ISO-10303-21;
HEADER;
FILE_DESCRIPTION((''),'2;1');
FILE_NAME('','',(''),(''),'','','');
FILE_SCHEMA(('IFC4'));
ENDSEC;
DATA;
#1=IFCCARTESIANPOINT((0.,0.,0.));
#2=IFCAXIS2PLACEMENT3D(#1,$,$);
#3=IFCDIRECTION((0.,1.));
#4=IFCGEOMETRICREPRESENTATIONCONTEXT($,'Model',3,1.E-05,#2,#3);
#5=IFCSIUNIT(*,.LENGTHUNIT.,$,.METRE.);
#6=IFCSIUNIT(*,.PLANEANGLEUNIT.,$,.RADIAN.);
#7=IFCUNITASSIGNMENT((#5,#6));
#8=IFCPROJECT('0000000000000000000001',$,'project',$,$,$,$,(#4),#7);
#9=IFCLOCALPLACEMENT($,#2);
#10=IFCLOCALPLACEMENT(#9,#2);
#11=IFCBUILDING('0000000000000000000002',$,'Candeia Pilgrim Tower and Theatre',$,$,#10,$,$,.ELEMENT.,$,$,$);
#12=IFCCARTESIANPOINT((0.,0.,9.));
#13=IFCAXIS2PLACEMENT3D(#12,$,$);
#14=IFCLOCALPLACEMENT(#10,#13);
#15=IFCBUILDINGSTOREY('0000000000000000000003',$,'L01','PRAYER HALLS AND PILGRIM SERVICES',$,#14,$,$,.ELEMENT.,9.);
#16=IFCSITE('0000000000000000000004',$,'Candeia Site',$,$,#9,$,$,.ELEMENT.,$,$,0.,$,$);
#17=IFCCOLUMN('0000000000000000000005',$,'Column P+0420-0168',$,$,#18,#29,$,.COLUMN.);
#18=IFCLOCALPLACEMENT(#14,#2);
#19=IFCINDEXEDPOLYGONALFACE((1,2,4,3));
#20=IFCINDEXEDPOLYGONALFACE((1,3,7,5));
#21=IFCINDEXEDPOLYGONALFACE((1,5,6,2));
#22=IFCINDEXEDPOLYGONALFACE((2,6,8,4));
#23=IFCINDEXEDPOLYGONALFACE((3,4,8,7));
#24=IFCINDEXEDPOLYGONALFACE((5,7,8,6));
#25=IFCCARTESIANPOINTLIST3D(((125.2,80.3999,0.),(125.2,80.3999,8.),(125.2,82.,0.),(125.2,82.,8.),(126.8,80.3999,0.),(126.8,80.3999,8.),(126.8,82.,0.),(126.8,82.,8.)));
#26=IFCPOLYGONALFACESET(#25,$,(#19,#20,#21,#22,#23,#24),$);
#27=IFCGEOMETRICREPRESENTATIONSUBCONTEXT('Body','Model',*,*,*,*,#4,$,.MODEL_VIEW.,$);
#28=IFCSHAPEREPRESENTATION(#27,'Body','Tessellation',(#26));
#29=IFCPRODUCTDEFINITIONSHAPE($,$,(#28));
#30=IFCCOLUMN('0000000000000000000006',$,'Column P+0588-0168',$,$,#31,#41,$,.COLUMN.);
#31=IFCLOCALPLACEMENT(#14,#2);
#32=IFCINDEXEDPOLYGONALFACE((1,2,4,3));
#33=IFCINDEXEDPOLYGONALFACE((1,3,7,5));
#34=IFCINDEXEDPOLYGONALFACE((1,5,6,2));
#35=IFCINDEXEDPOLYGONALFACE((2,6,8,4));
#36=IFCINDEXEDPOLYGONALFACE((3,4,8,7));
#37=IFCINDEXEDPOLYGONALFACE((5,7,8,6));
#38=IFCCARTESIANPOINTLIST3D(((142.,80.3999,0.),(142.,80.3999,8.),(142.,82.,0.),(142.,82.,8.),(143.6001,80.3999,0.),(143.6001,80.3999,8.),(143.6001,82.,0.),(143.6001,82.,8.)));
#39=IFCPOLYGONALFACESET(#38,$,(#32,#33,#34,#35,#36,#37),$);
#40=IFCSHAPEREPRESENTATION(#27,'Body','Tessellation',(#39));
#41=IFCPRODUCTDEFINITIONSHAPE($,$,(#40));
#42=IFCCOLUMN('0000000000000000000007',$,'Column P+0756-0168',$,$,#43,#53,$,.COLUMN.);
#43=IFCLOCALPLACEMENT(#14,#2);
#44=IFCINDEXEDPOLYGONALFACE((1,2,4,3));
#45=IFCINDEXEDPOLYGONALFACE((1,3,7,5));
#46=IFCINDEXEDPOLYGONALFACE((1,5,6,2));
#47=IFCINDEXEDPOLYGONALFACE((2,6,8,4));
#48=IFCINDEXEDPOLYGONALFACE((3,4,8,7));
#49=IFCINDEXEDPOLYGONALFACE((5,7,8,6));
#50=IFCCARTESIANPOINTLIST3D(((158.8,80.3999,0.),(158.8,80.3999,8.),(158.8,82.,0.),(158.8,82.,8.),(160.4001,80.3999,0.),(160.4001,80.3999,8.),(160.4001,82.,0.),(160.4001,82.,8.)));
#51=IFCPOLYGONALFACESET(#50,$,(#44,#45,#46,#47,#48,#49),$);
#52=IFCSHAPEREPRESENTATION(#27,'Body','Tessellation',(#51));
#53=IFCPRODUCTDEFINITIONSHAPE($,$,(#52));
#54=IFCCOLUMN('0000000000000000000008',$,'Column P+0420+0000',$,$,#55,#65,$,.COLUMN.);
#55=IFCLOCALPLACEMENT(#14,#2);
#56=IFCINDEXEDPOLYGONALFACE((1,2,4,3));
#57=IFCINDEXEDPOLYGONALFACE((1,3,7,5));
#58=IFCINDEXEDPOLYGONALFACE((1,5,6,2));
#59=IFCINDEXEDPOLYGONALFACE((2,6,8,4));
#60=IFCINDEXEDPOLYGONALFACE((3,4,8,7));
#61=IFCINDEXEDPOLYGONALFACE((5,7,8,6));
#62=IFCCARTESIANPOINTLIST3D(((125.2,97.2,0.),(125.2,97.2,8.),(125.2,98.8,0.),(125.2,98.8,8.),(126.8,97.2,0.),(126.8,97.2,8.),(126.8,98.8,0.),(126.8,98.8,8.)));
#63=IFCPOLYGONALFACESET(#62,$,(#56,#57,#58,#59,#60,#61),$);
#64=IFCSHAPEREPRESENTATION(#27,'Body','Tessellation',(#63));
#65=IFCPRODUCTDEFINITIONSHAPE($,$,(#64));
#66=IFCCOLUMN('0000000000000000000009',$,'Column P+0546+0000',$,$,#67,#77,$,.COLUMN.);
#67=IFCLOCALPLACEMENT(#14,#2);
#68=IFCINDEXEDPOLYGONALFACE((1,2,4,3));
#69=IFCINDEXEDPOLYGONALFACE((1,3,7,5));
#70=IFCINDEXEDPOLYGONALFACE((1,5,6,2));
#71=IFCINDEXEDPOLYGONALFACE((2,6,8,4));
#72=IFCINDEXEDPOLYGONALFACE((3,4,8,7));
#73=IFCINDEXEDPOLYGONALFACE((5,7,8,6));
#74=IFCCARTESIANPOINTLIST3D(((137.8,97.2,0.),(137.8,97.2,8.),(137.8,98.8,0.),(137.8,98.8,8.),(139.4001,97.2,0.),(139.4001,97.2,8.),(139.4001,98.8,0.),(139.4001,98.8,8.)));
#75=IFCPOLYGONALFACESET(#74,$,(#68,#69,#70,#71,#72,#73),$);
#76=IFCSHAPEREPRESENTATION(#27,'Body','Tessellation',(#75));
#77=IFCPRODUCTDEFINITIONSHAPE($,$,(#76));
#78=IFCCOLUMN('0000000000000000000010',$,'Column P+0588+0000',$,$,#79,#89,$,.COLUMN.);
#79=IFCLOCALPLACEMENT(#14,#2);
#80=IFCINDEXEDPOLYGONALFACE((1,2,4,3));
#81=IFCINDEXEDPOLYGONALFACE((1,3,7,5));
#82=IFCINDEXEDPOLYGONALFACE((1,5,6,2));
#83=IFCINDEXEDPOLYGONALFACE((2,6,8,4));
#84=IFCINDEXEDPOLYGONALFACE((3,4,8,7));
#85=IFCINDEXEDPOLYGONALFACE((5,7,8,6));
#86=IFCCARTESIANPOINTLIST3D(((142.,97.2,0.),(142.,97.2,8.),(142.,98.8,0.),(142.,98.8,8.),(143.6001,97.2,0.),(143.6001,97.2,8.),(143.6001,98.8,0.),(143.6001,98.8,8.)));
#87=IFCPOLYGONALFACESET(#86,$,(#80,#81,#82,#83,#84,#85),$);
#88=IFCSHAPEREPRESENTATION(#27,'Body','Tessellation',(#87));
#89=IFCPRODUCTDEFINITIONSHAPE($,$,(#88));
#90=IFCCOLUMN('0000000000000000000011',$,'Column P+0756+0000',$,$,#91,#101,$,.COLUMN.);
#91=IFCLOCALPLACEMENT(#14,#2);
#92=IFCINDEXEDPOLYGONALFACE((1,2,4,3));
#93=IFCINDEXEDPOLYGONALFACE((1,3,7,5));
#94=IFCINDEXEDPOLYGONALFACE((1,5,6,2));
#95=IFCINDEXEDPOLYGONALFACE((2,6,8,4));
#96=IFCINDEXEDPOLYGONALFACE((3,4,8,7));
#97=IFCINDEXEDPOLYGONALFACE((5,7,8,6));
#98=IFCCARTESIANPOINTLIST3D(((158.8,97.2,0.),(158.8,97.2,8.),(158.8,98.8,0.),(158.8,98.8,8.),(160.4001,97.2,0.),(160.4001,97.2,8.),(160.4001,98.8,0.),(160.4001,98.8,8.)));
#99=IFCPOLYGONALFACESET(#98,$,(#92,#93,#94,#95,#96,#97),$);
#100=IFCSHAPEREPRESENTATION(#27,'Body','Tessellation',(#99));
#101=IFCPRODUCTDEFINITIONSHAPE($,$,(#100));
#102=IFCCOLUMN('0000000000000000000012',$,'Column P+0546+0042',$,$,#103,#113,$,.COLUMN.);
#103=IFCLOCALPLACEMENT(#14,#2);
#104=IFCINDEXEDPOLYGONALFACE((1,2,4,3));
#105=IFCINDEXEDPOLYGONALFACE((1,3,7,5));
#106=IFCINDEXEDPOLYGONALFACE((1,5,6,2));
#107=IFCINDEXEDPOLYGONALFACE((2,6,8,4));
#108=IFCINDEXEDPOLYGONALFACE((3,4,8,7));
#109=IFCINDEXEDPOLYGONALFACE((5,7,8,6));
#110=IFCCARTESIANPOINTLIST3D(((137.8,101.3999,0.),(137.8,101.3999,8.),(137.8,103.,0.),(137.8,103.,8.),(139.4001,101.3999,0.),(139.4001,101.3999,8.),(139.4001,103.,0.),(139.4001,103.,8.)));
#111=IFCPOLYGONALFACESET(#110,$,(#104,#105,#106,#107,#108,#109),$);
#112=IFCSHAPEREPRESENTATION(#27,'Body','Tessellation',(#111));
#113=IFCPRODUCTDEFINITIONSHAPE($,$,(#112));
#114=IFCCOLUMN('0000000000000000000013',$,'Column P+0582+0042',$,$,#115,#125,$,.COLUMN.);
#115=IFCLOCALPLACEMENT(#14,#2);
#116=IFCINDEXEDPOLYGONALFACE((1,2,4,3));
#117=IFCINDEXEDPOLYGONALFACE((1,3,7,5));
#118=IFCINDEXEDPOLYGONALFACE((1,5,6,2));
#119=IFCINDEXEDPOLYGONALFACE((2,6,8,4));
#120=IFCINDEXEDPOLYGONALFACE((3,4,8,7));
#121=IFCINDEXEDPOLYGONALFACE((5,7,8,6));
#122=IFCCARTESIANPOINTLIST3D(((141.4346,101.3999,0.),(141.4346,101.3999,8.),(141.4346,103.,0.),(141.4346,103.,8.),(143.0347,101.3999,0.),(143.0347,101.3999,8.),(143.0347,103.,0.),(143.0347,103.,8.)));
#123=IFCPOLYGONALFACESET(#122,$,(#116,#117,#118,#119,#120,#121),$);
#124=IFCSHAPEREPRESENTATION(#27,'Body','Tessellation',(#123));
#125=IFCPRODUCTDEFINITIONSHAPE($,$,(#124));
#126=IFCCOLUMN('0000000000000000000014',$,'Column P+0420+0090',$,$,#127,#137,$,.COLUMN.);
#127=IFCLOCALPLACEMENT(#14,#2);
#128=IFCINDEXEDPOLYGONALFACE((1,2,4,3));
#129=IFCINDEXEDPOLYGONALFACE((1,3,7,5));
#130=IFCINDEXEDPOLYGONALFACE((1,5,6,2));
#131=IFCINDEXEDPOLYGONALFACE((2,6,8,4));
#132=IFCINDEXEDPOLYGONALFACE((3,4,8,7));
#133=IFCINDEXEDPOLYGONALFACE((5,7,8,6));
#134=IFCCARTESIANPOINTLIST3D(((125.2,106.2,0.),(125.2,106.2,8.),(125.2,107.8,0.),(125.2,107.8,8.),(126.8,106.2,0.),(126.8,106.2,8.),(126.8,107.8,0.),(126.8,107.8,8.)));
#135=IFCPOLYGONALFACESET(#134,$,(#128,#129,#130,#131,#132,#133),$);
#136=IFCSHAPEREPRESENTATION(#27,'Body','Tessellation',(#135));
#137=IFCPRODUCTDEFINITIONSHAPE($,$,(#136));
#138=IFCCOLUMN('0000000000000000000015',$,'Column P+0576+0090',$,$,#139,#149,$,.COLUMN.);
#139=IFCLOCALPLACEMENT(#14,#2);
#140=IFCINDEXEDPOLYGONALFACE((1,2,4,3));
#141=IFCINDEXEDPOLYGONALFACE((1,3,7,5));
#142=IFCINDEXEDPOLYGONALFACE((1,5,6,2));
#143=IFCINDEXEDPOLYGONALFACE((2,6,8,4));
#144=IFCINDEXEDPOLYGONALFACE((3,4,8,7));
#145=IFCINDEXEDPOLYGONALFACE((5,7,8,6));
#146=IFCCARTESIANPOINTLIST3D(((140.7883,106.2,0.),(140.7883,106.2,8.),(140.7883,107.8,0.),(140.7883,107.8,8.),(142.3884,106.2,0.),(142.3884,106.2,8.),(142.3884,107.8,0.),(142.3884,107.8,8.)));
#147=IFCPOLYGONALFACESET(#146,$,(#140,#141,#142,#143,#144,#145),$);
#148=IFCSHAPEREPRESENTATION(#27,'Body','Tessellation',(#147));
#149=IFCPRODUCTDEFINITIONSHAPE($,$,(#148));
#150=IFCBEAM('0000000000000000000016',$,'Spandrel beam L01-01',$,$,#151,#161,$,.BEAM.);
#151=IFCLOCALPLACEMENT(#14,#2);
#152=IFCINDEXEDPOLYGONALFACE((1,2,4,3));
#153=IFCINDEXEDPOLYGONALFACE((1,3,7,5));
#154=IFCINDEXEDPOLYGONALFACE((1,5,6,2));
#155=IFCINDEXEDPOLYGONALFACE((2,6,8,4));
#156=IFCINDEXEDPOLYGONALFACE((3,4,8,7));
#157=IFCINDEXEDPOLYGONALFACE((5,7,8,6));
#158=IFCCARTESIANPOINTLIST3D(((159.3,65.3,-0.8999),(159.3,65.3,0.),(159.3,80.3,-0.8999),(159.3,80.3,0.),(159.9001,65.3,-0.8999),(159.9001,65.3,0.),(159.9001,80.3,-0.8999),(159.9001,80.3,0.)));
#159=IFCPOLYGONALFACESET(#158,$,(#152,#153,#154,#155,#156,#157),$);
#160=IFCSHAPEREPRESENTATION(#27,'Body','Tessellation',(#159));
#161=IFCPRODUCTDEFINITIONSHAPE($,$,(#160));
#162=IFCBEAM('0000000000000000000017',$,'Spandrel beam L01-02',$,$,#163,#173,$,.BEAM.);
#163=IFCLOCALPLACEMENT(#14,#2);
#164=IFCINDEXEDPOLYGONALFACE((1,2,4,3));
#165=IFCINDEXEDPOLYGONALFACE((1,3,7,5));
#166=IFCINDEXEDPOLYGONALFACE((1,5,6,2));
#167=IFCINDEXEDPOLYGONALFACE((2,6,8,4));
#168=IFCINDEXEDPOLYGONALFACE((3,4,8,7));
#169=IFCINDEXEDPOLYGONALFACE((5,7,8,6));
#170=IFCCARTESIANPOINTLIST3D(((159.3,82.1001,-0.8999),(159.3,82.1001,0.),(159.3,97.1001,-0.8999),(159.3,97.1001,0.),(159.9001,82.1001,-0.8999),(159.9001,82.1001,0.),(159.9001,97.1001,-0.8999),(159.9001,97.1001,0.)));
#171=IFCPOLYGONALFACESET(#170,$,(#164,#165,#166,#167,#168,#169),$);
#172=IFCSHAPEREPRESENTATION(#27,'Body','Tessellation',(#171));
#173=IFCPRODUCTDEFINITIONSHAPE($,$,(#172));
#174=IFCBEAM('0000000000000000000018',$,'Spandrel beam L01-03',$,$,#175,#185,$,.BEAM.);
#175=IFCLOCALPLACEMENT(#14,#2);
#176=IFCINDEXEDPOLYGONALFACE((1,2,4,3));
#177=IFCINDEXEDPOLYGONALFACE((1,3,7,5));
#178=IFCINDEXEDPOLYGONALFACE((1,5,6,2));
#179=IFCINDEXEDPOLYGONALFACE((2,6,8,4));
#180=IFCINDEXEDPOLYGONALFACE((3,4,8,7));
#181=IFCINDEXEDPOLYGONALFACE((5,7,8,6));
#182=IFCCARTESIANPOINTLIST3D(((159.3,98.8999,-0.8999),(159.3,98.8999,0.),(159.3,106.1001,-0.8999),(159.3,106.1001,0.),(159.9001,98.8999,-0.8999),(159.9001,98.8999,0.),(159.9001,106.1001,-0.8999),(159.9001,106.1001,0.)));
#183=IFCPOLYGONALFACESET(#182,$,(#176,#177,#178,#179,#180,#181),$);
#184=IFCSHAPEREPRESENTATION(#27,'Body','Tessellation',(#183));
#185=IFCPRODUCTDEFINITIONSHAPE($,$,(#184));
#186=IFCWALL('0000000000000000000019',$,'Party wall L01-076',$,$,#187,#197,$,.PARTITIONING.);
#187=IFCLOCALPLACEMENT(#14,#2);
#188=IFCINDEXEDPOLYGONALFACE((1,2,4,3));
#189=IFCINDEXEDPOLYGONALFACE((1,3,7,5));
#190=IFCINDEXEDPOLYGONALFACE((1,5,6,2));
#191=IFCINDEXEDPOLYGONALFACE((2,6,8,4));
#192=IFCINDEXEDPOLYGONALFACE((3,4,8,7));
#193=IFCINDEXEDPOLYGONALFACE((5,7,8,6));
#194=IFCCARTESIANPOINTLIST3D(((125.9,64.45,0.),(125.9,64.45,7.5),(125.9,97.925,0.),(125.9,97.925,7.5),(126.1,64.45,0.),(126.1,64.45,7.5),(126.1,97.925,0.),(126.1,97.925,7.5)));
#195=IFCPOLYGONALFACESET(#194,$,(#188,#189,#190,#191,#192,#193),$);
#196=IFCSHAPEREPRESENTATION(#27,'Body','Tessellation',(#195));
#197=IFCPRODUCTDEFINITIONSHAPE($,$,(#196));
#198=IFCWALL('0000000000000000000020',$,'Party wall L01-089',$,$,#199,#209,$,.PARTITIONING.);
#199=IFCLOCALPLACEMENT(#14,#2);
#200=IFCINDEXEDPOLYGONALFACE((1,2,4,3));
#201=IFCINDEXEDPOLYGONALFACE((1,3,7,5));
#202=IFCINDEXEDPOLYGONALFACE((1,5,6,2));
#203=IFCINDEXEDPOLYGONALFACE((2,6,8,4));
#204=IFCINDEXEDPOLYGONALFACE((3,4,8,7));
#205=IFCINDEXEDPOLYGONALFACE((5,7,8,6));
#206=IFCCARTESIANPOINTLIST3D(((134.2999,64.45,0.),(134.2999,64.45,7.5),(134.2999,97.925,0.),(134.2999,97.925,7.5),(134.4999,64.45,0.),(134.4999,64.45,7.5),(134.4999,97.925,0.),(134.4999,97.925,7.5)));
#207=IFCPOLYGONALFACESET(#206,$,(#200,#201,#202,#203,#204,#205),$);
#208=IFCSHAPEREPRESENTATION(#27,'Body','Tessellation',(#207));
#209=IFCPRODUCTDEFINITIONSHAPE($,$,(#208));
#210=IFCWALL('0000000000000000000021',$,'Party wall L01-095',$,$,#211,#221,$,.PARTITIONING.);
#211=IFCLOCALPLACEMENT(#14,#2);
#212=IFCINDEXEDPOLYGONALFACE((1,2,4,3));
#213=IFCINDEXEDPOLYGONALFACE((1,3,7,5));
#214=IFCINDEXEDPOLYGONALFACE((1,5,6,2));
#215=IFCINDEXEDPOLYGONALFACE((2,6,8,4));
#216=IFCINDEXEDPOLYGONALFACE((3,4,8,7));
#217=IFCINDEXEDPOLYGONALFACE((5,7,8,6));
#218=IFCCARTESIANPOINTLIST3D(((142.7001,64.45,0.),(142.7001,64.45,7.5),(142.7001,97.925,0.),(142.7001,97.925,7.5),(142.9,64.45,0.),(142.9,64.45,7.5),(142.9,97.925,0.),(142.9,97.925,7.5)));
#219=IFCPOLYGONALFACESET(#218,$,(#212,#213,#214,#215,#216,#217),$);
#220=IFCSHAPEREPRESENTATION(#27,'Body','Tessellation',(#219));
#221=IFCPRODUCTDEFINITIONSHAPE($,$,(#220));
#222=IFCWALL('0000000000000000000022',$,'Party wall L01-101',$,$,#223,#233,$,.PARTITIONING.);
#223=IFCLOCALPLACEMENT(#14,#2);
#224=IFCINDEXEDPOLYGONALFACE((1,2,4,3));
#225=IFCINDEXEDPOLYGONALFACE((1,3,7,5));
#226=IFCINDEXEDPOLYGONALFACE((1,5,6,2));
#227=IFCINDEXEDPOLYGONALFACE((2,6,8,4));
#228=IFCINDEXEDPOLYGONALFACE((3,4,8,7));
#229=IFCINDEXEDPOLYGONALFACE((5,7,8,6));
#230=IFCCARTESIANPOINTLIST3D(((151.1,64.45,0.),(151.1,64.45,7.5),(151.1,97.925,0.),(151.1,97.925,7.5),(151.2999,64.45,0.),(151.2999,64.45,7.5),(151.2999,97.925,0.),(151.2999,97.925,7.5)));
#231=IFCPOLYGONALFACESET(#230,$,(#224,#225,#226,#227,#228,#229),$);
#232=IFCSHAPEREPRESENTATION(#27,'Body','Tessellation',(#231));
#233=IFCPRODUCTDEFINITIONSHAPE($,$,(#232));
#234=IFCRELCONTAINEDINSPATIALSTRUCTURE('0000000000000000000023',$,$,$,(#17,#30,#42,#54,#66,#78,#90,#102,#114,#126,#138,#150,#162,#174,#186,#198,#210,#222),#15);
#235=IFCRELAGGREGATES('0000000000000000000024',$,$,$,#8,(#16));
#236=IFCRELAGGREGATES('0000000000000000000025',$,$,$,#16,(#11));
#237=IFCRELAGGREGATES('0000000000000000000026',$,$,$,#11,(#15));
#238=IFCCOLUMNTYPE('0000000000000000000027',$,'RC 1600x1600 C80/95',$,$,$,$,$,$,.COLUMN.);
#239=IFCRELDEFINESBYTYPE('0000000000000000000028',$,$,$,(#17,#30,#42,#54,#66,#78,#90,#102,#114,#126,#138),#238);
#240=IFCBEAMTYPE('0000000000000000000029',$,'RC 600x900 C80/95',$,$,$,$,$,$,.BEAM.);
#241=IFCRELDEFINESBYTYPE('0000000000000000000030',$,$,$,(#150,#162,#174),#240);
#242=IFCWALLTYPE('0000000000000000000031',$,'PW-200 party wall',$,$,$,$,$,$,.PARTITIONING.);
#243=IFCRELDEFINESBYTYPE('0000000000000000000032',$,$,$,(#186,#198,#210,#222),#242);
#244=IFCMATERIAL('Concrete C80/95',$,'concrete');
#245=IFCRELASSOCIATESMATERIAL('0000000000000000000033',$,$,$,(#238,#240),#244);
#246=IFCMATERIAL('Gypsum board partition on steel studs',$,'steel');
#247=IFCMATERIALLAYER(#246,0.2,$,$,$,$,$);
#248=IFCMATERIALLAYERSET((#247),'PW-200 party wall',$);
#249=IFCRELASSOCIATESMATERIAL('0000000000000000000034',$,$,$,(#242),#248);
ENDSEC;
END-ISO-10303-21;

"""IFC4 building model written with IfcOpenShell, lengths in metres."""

from ifc_helpers import new_model, si_unit, direction, frame, frame_2d, origin, origin_2d, place, context, subcontext, project, spatial, rectangle, extrude, material, layer, layer_set, material_profile, profile_set, type_object, element, save


model = new_model("IFC4")

# Units and contexts
model_context = context("Model", 3, precision=1e-05, world=origin(), true_north=direction((0.0, 1.0)))
body_context = subcontext(model_context, "Body", "Model", "MODEL_VIEW")
ifc_project = project(units=[si_unit("LENGTHUNIT", "METRE"), si_unit("PLANEANGLEUNIT", "RADIAN")], contexts=[model_context])

# Site, building, storey
site_placement = place(None, origin())
site = spatial("IfcSite", under=ifc_project, at=site_placement, Name="Candeia Site", CompositionType="ELEMENT", RefElevation=0.0)
building_placement = place(site_placement, origin())
building = spatial("IfcBuilding", under=site, at=building_placement, Name="Candeia Pilgrim Tower and Theatre", CompositionType="ELEMENT")
storey_placement = place(building_placement, frame((0.0, 0.0, 9.0)))
storey = spatial("IfcBuildingStorey", under=building, at=storey_placement, Name="L01", Description="PRAYER HALLS AND PILGRIM SERVICES", CompositionType="ELEMENT", Elevation=9.0)

# Columns
ifc_material_1 = material(Name="Concrete C80/95", Category="concrete")
ifc_material_profile_1 = material_profile(ifc_material_1, rectangle(XDim=1.6001, YDim=1.6001, at=origin_2d()))
ifc_profile_set_1 = profile_set([ifc_material_profile_1], Name="Concrete C80/95")
column_type = type_object("IfcColumnType", Name="RC 1600x1600 C80/95", PredefinedType="COLUMN", material=ifc_profile_set_1)
for number, where, z_axis, x_axis, name in (
    (1, (126.0, 81.2, 0.0), (0.0, 0.0, 1.0), (1.0, 0.0, 0.0), "Column P+0420-0168"),
    (2, (142.8, 81.2, 0.0), (0.0, 0.0, 1.0), (1.0, 0.0, 0.0), "Column P+0588-0168"),
    (3, (159.6001, 81.2, 0.0), (0.0, 0.0, 1.0), (1.0, 0.0, 0.0), "Column P+0756-0168"),
    (4, (126.0, 98.0, 0.0), (0.0, 0.0, 1.0), (1.0, 0.0, 0.0), "Column P+0420+0000"),
    (5, (138.6001, 98.0, 0.0), (0.0, 0.0, 1.0), (1.0, 0.0, 0.0), "Column P+0546+0000"),
    (6, (142.8, 98.0, 0.0), (0.0, 0.0, 1.0), (1.0, 0.0, 0.0), "Column P+0588+0000"),
    (7, (159.6001, 98.0, 0.0), (0.0, 0.0, 1.0), (1.0, 0.0, 0.0), "Column P+0756+0000"),
    (8, (138.6001, 102.2, 0.0), (0.0, 0.0, 1.0), (1.0, 0.0, 0.0), "Column P+0546+0042"),
    (9, (142.2346, 102.2, 0.0), (0.0, 0.0, 1.0), (1.0, 0.0, 0.0), "Column P+0582+0042"),
    (10, (126.0, 107.0, 0.0), (0.0, 0.0, 1.0), (1.0, 0.0, 0.0), "Column P+0420+0090"),
    (11, (141.5884, 107.0, 0.0), (0.0, 0.0, 1.0), (1.0, 0.0, 0.0), "Column P+0576+0090"),
):
    element("IfcColumn", number, at=place(storey_placement, frame(where, z_axis=z_axis, x_axis=x_axis)), inside=storey, type_object=column_type, Name=name, PredefinedType="COLUMN", context=body_context, shape_type="SweptSolid", body=[
        extrude(rectangle(XDim=1.6001, YDim=1.6001, at=origin_2d()), origin(), (0.0, 0.0, 1.0), 8.0),
    ])

# Beams
ifc_material_profile_2 = material_profile(ifc_material_1, rectangle(XDim=0.6001, YDim=0.8999, at=origin_2d()))
ifc_profile_set_2 = profile_set([ifc_material_profile_2], Name="Concrete C80/95")
beam_type = type_object("IfcBeamType", Name="RC 600x900 C80/95", PredefinedType="BEAM", material=ifc_profile_set_2)
for number, where, z_axis, x_axis, name in (
    (12, (159.6001, 65.3, -0.45), (0.0, 1.0, 0.0), (-1.0, 0.0, 0.0), "Spandrel beam L01-01"),
    (13, (159.6001, 82.1001, -0.45), (0.0, 1.0, 0.0), (-1.0, 0.0, 0.0), "Spandrel beam L01-02"),
):
    element("IfcBeam", number, at=place(storey_placement, frame(where, z_axis=z_axis, x_axis=x_axis)), inside=storey, type_object=beam_type, Name=name, PredefinedType="BEAM", context=body_context, shape_type="SweptSolid", body=[
        extrude(rectangle(XDim=0.6001, YDim=0.8999, at=origin_2d()), origin(), (0.0, 0.0, 1.0), 15.0),
    ])
beam_placement = place(storey_placement, frame((159.6001, 98.8999, -0.45), z_axis=(0.0, 1.0, 0.0), x_axis=(-1.0, 0.0, 0.0)))
element("IfcBeam", 14, at=beam_placement, inside=storey, type_object=beam_type, Name="Spandrel beam L01-03", PredefinedType="BEAM", context=body_context, shape_type="SweptSolid", body=[
    extrude(rectangle(XDim=0.6001, YDim=0.8999, at=origin_2d()), origin(), (0.0, 0.0, 1.0), 7.2002),
])

# Walls
ifc_material_2 = material(Name="Gypsum board partition on steel studs", Category="steel")
ifc_layer = layer(ifc_material_2, 0.2)
ifc_layer_set = layer_set([ifc_layer], Name="PW-200 party wall")
wall_type = type_object("IfcWallType", Name="PW-200 party wall", PredefinedType="PARTITIONING", material=ifc_layer_set)
for number, where, z_axis, x_axis, name in (
    (15, (126.0, 64.45, 0.0), (0.0, 0.0, 1.0), (0.0, 1.0, 0.0), "Party wall L01-076"),
    (16, (134.3999, 64.45, 0.0), (0.0, 0.0, 1.0), (0.0, 1.0, 0.0), "Party wall L01-089"),
    (17, (142.8, 64.45, 0.0), (0.0, 0.0, 1.0), (0.0, 1.0, 0.0), "Party wall L01-095"),
    (18, (151.2, 64.45, 0.0), (0.0, 0.0, 1.0), (0.0, 1.0, 0.0), "Party wall L01-101"),
):
    element("IfcWall", number, at=place(storey_placement, frame(where, z_axis=z_axis, x_axis=x_axis)), inside=storey, type_object=wall_type, Name=name, PredefinedType="PARTITIONING", context=body_context, shape_type="SweptSolid", body=[
        extrude(rectangle(XDim=33.4751, YDim=0.2, at=frame_2d((16.7375, 0.0))), origin(), (0.0, 0.0, 1.0), 7.5),
    ])

save(model, "model.ifc")
